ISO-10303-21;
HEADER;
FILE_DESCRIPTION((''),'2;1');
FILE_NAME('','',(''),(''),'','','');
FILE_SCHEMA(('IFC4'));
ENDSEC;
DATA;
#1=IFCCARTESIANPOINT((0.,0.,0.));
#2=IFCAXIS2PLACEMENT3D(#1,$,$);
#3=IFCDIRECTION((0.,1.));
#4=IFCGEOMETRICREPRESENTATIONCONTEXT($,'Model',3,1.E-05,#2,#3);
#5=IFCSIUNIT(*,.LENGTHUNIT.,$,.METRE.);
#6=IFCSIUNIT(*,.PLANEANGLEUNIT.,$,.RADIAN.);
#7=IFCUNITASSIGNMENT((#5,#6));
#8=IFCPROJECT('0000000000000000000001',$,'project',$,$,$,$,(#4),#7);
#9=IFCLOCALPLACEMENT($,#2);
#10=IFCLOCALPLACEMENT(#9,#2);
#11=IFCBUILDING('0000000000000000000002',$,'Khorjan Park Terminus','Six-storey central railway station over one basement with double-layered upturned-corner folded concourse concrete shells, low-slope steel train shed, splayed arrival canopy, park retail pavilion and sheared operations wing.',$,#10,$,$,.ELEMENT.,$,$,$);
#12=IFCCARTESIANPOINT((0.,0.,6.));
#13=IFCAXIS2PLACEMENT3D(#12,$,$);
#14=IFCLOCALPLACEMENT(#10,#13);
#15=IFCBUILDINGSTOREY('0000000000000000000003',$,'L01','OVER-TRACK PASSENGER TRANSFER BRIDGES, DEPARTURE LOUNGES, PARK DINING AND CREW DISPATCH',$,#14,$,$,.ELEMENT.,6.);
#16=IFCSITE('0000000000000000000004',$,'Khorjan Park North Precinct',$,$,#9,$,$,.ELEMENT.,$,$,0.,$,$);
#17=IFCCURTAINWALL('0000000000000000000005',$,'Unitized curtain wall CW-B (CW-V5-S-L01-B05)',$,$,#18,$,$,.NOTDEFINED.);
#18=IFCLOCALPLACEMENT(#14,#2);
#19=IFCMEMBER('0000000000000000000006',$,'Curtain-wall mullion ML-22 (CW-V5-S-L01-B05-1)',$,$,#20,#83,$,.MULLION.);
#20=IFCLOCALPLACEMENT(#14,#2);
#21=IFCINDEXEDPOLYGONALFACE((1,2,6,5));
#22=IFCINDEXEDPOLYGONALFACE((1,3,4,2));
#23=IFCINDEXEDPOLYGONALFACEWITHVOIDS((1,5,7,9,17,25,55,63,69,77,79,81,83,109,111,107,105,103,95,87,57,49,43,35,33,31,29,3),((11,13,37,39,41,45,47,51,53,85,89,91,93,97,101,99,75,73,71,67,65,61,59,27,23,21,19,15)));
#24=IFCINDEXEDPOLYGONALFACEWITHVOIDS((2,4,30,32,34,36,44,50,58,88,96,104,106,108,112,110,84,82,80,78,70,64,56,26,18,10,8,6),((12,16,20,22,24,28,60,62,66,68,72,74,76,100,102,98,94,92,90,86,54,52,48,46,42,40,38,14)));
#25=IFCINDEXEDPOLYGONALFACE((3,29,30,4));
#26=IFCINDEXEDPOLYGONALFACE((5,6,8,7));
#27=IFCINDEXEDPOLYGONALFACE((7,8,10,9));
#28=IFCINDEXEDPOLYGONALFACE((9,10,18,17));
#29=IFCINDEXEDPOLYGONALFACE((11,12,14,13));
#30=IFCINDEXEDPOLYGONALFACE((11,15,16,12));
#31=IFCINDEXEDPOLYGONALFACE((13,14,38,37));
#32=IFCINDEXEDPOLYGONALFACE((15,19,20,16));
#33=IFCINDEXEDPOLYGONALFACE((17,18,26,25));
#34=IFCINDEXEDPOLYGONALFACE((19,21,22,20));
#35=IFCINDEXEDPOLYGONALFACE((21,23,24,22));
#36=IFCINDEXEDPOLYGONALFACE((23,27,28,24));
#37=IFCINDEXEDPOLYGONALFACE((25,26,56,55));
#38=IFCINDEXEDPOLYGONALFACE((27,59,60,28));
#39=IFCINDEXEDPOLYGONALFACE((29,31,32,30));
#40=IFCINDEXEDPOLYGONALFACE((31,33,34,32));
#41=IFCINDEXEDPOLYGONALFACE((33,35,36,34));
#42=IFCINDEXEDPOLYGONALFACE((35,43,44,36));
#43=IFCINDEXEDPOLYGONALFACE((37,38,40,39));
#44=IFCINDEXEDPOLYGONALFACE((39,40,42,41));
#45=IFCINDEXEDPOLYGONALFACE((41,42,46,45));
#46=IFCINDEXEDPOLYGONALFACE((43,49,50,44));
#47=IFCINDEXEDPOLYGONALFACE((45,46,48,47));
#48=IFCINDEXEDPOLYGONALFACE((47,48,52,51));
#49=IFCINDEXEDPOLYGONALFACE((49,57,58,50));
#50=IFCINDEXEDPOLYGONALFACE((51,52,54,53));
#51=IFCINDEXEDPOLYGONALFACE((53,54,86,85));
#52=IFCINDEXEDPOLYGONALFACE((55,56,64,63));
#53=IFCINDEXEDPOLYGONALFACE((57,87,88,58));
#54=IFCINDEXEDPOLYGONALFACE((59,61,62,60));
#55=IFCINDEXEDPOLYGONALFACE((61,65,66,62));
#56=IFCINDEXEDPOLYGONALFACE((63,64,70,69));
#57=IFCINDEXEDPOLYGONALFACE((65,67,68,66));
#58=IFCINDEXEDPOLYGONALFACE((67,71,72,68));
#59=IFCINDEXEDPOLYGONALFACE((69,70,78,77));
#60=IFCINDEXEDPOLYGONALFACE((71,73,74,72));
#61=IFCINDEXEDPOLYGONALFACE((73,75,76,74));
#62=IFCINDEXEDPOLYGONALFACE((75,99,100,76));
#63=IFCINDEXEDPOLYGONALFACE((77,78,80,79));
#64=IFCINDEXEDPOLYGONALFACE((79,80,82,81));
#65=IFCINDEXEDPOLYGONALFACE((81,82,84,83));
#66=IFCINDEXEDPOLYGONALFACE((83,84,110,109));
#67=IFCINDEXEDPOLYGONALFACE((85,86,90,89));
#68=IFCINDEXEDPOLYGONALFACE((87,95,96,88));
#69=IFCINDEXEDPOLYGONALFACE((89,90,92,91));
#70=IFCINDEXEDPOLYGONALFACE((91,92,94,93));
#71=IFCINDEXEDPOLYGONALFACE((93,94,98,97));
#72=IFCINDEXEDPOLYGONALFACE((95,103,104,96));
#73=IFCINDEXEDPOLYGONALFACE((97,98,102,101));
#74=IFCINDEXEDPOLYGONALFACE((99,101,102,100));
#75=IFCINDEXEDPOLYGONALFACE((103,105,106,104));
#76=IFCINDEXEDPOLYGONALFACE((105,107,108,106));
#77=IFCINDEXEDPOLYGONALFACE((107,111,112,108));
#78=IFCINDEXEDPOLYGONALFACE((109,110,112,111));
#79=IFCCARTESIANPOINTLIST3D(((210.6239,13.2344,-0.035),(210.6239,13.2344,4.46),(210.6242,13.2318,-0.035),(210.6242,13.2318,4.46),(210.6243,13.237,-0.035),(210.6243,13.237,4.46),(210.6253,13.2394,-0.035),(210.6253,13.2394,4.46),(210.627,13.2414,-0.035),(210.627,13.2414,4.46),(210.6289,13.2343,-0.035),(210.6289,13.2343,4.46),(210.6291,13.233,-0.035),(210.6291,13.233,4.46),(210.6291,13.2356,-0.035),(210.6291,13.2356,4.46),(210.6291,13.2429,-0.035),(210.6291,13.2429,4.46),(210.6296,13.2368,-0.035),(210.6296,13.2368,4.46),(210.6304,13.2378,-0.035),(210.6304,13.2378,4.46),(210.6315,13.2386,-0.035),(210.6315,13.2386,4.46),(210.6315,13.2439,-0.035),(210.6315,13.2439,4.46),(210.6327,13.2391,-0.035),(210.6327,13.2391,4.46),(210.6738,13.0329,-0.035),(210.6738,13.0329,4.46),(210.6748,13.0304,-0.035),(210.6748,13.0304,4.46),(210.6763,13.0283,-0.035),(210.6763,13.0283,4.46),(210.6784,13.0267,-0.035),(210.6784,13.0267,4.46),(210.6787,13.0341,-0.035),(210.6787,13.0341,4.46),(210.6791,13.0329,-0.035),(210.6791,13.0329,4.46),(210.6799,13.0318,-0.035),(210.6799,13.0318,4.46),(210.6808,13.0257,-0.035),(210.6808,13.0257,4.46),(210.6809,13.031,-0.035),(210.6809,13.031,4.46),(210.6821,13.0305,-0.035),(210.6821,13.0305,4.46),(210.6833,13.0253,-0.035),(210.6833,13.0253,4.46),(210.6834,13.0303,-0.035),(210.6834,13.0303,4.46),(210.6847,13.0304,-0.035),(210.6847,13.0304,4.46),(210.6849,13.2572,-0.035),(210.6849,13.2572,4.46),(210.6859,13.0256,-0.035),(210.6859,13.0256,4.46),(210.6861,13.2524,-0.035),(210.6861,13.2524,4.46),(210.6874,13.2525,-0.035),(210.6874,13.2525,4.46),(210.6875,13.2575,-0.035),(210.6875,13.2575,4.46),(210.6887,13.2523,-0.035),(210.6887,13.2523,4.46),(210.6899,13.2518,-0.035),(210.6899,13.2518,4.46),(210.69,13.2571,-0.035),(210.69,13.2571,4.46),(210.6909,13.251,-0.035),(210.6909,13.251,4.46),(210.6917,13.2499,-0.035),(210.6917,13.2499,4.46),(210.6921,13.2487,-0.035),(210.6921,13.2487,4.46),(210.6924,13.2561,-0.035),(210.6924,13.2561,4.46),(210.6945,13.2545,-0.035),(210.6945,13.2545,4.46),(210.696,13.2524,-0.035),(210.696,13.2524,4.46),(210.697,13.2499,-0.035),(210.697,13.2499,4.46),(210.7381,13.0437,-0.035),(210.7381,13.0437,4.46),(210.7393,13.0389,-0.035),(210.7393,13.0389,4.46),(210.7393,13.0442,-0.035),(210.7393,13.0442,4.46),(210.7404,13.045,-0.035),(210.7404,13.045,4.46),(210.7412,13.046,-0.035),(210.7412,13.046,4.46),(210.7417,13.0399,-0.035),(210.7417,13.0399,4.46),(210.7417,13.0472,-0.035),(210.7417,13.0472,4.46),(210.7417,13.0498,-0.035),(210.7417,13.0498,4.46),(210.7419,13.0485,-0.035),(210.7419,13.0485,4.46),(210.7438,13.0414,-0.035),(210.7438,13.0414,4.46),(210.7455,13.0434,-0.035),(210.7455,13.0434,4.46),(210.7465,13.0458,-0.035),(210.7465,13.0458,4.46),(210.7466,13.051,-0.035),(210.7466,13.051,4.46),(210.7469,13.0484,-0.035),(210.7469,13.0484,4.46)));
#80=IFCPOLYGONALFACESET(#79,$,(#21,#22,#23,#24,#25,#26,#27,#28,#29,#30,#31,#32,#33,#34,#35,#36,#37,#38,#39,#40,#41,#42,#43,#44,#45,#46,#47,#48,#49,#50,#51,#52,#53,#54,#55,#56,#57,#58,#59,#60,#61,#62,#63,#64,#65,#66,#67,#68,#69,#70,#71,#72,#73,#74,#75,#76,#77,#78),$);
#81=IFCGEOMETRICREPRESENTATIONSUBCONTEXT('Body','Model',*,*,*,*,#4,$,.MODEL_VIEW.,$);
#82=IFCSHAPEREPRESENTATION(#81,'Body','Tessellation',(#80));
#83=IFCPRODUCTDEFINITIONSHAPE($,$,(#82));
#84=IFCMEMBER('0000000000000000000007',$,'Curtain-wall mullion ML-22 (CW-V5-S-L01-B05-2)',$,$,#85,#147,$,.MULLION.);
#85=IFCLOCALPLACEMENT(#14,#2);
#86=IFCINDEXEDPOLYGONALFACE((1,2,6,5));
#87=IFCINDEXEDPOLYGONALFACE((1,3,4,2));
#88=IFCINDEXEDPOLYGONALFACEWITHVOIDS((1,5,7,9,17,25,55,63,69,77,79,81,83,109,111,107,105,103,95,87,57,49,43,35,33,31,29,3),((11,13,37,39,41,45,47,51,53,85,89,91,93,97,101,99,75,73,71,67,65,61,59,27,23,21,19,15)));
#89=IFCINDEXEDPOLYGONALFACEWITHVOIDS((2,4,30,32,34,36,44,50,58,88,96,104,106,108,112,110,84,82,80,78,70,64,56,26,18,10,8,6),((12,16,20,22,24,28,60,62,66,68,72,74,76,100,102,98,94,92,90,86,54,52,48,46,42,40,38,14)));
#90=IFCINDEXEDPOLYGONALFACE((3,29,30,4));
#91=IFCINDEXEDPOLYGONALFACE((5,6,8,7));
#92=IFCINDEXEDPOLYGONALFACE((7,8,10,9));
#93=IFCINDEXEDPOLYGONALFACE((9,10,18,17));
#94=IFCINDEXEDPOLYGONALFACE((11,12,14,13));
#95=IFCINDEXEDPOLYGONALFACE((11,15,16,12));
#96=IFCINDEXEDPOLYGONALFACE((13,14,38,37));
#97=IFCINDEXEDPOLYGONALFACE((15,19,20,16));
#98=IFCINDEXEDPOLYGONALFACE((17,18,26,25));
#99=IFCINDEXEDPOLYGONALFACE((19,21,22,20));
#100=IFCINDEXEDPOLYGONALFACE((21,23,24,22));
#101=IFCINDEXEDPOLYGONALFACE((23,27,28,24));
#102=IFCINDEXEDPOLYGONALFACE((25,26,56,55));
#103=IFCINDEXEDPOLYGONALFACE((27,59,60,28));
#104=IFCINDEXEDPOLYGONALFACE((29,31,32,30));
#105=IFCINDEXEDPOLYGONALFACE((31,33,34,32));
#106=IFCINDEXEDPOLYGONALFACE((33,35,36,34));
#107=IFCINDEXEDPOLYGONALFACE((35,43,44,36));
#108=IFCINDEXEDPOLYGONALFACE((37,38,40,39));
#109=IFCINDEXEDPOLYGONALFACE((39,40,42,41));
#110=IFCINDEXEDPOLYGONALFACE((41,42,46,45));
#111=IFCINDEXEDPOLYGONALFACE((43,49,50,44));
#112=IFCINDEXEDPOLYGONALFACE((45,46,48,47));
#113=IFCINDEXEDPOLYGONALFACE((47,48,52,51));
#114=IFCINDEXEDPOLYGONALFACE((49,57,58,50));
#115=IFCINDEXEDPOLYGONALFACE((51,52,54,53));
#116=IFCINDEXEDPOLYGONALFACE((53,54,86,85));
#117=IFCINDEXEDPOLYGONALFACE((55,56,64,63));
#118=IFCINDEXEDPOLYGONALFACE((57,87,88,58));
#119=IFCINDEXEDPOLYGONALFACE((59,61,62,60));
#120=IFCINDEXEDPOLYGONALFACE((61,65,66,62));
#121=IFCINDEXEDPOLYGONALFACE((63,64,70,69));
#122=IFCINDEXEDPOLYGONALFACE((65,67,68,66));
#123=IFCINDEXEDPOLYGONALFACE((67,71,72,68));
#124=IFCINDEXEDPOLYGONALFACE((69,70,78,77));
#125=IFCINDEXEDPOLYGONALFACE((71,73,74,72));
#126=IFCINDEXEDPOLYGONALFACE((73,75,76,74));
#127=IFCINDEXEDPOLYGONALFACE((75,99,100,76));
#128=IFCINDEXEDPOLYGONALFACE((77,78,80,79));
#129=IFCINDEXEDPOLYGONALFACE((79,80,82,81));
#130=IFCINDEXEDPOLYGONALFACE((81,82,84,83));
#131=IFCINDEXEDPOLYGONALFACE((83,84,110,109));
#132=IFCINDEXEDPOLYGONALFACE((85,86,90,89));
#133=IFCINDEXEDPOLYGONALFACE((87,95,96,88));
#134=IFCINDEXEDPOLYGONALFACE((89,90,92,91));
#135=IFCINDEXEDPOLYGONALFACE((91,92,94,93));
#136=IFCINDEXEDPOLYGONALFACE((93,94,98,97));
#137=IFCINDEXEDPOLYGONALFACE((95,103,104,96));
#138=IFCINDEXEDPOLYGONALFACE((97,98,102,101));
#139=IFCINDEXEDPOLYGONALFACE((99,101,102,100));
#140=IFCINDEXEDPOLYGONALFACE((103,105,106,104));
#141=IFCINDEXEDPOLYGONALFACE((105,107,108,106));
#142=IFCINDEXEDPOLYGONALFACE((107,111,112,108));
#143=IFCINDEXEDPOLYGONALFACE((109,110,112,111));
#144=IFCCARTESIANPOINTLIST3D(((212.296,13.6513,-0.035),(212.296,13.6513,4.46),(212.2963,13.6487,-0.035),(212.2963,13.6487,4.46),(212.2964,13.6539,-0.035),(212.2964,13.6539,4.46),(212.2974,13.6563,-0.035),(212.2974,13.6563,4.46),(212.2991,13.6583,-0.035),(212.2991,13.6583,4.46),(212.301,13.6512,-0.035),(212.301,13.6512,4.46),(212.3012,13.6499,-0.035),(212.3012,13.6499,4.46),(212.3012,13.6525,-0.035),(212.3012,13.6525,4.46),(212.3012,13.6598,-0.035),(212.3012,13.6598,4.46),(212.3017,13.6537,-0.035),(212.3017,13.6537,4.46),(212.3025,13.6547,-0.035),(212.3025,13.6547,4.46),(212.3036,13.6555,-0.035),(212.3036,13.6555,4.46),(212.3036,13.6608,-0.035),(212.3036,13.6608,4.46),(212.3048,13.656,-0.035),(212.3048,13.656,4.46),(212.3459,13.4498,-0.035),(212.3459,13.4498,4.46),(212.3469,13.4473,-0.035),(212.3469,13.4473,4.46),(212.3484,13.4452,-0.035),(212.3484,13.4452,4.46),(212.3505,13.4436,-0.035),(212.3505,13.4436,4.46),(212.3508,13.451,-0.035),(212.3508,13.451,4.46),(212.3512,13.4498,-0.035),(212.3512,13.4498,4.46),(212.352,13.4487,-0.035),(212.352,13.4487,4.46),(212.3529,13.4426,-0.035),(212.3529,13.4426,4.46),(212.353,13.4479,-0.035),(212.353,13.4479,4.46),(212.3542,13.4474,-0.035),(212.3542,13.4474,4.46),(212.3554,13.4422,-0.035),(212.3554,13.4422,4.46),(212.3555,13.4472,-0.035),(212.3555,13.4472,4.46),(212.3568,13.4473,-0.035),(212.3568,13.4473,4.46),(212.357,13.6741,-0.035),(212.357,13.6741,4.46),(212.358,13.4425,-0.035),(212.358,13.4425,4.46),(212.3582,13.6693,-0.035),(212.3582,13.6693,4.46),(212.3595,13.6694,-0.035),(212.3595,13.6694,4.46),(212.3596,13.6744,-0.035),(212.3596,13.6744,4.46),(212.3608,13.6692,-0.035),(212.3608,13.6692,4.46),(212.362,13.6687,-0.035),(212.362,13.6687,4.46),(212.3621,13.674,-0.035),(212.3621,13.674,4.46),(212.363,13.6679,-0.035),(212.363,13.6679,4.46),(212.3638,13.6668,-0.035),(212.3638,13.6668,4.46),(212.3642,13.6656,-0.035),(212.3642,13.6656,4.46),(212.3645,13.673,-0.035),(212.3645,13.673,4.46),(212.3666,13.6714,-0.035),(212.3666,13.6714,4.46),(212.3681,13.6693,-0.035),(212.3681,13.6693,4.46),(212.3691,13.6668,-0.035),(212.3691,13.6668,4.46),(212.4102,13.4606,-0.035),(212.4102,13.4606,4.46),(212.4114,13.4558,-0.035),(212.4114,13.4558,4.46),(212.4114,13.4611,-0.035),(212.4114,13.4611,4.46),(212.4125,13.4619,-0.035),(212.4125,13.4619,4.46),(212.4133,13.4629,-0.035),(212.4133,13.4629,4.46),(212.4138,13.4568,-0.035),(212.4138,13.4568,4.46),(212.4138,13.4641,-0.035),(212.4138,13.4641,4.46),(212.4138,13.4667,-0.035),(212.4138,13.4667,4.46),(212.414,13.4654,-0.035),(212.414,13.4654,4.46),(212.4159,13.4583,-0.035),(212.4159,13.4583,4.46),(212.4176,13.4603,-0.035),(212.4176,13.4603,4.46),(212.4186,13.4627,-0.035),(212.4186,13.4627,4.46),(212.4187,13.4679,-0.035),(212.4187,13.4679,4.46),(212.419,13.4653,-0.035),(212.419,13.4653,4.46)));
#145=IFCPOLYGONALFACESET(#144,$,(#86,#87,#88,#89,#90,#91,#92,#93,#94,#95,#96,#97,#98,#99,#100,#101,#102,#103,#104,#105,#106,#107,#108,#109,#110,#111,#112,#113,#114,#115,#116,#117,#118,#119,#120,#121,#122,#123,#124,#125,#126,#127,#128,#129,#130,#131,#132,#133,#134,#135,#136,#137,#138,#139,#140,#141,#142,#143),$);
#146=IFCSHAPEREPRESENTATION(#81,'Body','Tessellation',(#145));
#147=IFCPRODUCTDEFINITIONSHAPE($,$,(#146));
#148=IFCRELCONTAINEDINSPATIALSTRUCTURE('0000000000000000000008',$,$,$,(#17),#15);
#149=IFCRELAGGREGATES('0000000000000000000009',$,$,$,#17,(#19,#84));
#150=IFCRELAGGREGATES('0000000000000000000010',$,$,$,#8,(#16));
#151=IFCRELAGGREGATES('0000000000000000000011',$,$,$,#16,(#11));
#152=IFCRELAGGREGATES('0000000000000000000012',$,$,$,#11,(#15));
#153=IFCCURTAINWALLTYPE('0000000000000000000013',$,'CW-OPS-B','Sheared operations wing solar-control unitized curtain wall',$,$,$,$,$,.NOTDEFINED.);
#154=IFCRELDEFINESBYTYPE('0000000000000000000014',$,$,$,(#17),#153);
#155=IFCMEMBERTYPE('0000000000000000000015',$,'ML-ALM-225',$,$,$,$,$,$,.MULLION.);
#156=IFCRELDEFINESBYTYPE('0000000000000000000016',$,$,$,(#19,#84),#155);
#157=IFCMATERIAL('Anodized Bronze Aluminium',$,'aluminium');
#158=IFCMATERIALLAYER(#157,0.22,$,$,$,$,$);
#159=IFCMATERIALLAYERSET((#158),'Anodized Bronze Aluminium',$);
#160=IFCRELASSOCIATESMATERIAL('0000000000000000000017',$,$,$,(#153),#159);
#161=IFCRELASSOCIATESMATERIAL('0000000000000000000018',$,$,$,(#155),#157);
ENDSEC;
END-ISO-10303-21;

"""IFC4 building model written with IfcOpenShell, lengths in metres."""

from ifc_helpers import new_model, si_unit, direction, frame, origin, origin_2d, place, context, subcontext, project, spatial, hollow_rectangle, extrude, material, layer, layer_set, material_profile, profile_set, type_object, element, aggregate, save


model = new_model("IFC4")

# Units and contexts
model_context = context("Model", 3, precision=1e-05, world=origin(), true_north=direction((0.0, 1.0)))
body_context = subcontext(model_context, "Body", "Model", "MODEL_VIEW")
ifc_project = project(units=[si_unit("LENGTHUNIT", "METRE"), si_unit("PLANEANGLEUNIT", "RADIAN")], contexts=[model_context])

# Site, building, storey
site_placement = place(None, origin())
site = spatial("IfcSite", under=ifc_project, at=site_placement, Name="Khorjan Park North Precinct", CompositionType="ELEMENT", RefElevation=0.0)
building_placement = place(site_placement, origin())
building = spatial("IfcBuilding", under=site, at=building_placement, Name="Khorjan Park Terminus", Description="Six-storey central railway station over one basement with double-layered upturned-corner folded concourse concrete shells, low-slope steel train shed, splayed arrival canopy, park retail pavilion and sheared operations wing.", CompositionType="ELEMENT")
storey_placement = place(building_placement, frame((0.0, 0.0, 6.0)))
storey = spatial("IfcBuildingStorey", under=building, at=storey_placement, Name="L01", Description="OVER-TRACK PASSENGER TRANSFER BRIDGES, DEPARTURE LOUNGES, PARK DINING AND CREW DISPATCH", CompositionType="ELEMENT", Elevation=6.0)

# Curtain wall, members
ifc_material_1 = material(Name="Anodized Bronze Aluminium", Category="aluminium")
ifc_layer_1 = layer(ifc_material_1, 0.22)
ifc_layer_set_1 = layer_set([ifc_layer_1], Name="Anodized Bronze Aluminium")
curtain_wall_type = type_object("IfcCurtainWallType", Name="CW-OPS-B", Description="Sheared operations wing solar-control unitized curtain wall", PredefinedType="NOTDEFINED", material=ifc_layer_set_1)
curtain_wall_placement = place(storey_placement, origin())
curtain_wall = element("IfcCurtainWall", 1, at=curtain_wall_placement, inside=storey, type_object=curtain_wall_type, Name="Unitized curtain wall CW-B (CW-V5-S-L01-B05)", PredefinedType="NOTDEFINED")
ifc_material_profile_1 = material_profile(ifc_material_1, hollow_rectangle(XDim=0.075, YDim=0.225, WallThickness=0.005, InnerFilletRadius=0.005, OuterFilletRadius=0.01, at=origin_2d()), Name="ALM 75x225x5")
ifc_profile_set_1 = profile_set([ifc_material_profile_1], Name="Anodized Bronze Aluminium")
member_type_1 = type_object("IfcMemberType", Name="ML-ALM-225", PredefinedType="MULLION", material=ifc_profile_set_1)
member_1_placement = place(storey_placement, frame((210.6854, 13.1414, -0.035), z_axis=(0.0, 0.0, 1.0), x_axis=(0.970298, 0.241912, 0.0)))
member_1 = element("IfcMember", 2, at=member_1_placement, type_object=member_type_1, Name="Curtain-wall mullion ML-22 (CW-V5-S-L01-B05-1)", PredefinedType="MULLION", context=body_context, shape_type="SweptSolid", body=[
    extrude(hollow_rectangle(XDim=0.075, YDim=0.225, WallThickness=0.005, InnerFilletRadius=0.005, OuterFilletRadius=0.01, at=origin_2d()), origin(), (0.0, 0.0, 1.0), 4.495),
])
member_2_placement = place(storey_placement, frame((212.3575, 13.5583, -0.035), z_axis=(0.0, 0.0, 1.0), x_axis=(0.970298, 0.241912, 0.0)))
member_2 = element("IfcMember", 3, at=member_2_placement, type_object=member_type_1, Name="Curtain-wall mullion ML-22 (CW-V5-S-L01-B05-2)", PredefinedType="MULLION", context=body_context, shape_type="SweptSolid", body=[
    extrude(hollow_rectangle(XDim=0.075, YDim=0.225, WallThickness=0.005, InnerFilletRadius=0.005, OuterFilletRadius=0.01, at=origin_2d()), origin(), (0.0, 0.0, 1.0), 4.495),
])
aggregate(curtain_wall, [member_1, member_2])

save(model, "model.ifc")
